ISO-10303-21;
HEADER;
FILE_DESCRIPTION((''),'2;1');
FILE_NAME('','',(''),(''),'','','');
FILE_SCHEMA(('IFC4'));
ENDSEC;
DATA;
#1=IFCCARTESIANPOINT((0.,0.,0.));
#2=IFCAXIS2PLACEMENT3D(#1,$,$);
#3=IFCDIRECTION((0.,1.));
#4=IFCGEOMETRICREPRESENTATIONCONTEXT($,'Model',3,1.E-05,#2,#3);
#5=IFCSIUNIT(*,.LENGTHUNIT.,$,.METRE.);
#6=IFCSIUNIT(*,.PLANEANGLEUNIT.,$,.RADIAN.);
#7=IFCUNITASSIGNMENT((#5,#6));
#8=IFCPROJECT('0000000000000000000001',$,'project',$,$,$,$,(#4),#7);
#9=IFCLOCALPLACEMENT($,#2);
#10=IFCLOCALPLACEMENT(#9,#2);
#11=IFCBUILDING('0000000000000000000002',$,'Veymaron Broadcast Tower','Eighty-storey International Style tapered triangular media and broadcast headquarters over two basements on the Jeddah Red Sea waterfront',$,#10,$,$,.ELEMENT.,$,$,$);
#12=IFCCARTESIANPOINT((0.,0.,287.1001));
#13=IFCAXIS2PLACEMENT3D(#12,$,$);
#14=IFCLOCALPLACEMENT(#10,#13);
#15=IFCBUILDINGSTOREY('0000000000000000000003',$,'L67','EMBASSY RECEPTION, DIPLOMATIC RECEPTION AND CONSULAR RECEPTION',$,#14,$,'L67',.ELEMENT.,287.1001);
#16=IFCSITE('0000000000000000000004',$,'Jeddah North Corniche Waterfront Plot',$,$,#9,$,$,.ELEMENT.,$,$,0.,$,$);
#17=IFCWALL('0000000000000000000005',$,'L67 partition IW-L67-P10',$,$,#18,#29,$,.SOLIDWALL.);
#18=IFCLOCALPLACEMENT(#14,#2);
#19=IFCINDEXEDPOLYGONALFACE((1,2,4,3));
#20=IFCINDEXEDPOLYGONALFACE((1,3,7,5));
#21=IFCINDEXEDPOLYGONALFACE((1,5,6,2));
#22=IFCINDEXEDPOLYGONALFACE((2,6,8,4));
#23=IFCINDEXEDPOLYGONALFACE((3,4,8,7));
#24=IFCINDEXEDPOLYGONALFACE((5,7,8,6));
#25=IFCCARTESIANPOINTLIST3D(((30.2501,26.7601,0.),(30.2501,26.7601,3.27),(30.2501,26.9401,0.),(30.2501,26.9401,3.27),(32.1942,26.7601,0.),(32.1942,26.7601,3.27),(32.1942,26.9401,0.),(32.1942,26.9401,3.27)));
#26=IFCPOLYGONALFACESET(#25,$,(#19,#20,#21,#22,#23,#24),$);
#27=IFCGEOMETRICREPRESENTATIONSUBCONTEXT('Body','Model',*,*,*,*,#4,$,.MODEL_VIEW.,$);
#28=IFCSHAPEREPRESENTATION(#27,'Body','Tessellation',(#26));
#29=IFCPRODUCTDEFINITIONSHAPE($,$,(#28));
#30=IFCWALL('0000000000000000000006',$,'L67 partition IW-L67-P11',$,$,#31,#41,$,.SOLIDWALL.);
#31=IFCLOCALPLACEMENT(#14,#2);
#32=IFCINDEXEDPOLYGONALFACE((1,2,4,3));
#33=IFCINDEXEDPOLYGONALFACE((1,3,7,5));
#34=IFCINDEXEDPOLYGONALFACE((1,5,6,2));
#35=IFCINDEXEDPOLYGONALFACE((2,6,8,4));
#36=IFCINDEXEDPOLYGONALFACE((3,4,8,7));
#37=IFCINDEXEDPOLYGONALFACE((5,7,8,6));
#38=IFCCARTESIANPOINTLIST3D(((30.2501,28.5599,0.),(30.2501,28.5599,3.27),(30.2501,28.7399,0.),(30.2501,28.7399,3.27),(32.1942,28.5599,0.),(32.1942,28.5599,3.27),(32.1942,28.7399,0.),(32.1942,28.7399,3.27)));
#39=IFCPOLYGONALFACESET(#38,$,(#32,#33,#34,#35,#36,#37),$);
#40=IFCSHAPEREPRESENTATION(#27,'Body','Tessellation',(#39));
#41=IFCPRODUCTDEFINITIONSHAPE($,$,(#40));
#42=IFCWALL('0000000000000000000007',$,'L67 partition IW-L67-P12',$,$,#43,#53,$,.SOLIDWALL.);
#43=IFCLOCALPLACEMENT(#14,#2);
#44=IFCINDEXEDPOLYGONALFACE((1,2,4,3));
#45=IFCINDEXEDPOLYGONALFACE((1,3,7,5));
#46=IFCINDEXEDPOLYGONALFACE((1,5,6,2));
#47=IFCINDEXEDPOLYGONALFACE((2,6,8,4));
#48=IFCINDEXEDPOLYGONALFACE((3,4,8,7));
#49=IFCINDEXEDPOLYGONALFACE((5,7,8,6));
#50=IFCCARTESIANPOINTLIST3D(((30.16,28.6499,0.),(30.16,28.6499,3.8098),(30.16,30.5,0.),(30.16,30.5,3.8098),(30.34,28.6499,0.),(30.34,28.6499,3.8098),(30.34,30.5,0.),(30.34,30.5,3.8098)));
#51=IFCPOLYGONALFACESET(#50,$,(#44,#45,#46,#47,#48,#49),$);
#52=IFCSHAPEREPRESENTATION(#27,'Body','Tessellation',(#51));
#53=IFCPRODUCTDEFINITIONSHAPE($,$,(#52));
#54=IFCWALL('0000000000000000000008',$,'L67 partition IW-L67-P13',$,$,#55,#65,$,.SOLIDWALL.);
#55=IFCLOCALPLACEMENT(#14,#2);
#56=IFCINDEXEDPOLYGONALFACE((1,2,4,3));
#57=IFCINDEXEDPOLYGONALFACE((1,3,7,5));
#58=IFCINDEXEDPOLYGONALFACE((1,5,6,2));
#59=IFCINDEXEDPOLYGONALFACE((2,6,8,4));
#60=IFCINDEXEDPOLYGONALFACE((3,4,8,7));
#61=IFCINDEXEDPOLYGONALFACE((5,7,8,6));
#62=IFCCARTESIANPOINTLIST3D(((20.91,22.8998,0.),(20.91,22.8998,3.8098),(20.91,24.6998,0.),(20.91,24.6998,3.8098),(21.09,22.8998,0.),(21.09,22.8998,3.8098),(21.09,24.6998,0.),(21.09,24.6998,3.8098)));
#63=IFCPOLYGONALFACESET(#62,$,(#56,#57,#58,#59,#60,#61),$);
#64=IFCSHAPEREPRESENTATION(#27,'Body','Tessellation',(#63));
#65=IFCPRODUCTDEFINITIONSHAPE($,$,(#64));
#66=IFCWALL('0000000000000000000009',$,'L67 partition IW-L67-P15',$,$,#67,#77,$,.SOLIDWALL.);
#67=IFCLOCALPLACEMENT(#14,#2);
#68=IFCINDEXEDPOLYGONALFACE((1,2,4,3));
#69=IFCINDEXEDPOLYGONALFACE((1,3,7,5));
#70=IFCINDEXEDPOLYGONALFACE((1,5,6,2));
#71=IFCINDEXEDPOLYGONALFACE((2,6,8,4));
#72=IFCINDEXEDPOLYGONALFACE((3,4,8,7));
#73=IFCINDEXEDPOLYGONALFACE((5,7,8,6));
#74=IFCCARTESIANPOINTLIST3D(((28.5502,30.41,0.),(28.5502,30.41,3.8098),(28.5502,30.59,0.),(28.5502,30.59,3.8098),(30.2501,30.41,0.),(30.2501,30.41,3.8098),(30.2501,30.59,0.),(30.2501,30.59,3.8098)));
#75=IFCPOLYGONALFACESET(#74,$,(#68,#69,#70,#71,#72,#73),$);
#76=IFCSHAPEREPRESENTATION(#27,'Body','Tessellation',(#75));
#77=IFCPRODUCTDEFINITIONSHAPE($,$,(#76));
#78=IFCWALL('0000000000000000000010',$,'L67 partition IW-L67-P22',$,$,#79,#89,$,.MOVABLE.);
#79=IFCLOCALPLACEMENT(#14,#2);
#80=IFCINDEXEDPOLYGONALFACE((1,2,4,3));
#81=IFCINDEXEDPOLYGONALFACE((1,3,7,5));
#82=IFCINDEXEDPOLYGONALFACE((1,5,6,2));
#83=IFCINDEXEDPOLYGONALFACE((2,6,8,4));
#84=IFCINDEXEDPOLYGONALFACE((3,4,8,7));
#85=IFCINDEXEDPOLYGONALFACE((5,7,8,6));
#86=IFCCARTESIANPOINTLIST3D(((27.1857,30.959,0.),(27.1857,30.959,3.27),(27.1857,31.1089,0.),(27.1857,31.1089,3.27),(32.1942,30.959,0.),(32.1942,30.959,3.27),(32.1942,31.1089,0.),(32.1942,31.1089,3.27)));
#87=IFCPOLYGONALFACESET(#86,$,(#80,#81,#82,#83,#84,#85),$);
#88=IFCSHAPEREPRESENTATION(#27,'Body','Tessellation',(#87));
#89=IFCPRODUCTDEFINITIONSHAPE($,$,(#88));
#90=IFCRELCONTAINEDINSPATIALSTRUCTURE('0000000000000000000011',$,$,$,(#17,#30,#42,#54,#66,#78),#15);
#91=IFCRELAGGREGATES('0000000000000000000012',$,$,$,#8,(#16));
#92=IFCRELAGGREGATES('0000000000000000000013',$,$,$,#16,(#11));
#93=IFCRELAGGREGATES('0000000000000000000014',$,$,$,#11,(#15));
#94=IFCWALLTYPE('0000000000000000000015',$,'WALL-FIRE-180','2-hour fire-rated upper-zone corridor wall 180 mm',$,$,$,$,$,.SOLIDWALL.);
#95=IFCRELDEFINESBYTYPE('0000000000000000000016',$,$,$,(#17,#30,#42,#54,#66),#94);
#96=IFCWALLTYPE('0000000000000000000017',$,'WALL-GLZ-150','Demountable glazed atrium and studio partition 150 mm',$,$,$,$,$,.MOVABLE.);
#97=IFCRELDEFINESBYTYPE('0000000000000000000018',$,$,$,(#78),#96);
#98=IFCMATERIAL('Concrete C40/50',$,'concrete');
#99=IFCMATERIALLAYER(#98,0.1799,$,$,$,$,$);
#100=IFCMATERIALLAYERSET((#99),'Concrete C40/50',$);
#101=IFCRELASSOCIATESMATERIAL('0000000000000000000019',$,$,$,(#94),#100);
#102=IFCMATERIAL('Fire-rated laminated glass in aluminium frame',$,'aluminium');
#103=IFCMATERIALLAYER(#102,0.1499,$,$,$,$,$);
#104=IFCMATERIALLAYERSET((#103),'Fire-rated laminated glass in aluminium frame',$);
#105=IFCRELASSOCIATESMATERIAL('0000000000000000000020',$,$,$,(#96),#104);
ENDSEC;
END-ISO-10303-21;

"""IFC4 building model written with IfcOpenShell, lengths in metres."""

from ifc_helpers import new_model, si_unit, direction, frame, frame_2d, origin, place, context, subcontext, project, spatial, rectangle, extrude, material, layer, layer_set, type_object, element, save


model = new_model("IFC4")

# Units and contexts
model_context = context("Model", 3, precision=1e-05, world=origin(), true_north=direction((0.0, 1.0)))
body_context = subcontext(model_context, "Body", "Model", "MODEL_VIEW")
ifc_project = project(units=[si_unit("LENGTHUNIT", "METRE"), si_unit("PLANEANGLEUNIT", "RADIAN")], contexts=[model_context])

# Site, building, storey
site_placement = place(None, origin())
site = spatial("IfcSite", under=ifc_project, at=site_placement, Name="Jeddah North Corniche Waterfront Plot", CompositionType="ELEMENT", RefElevation=0.0)
building_placement = place(site_placement, origin())
building = spatial("IfcBuilding", under=site, at=building_placement, Name="Veymaron Broadcast Tower", Description="Eighty-storey International Style tapered triangular media and broadcast headquarters over two basements on the Jeddah Red Sea waterfront", CompositionType="ELEMENT")
storey_placement = place(building_placement, frame((0.0, 0.0, 287.1001)))
storey = spatial("IfcBuildingStorey", under=building, at=storey_placement, Name="L67", Description="EMBASSY RECEPTION, DIPLOMATIC RECEPTION AND CONSULAR RECEPTION", LongName="L67", CompositionType="ELEMENT", Elevation=287.1001)

# Walls
ifc_material_1 = material(Name="Concrete C40/50", Category="concrete")
ifc_layer_1 = layer(ifc_material_1, 0.1799)
ifc_layer_set_1 = layer_set([ifc_layer_1], Name="Concrete C40/50")
wall_type_1 = type_object("IfcWallType", Name="WALL-FIRE-180", Description="2-hour fire-rated upper-zone corridor wall 180 mm", PredefinedType="SOLIDWALL", material=ifc_layer_set_1)
for number, where, z_axis, x_axis, name in (
    (1, (30.25, 26.8501, 0.0), (0.0, 0.0, 1.0), (1.0, 0.0, 0.0), "L67 partition IW-L67-P10"),
    (2, (30.25, 28.6499, 0.0), (0.0, 0.0, 1.0), (1.0, 0.0, 0.0), "L67 partition IW-L67-P11"),
):
    element("IfcWall", number, at=place(storey_placement, frame(where, z_axis=z_axis, x_axis=x_axis)), inside=storey, type_object=wall_type_1, Name=name, PredefinedType="SOLIDWALL", context=body_context, shape_type="SweptSolid", body=[
        extrude(rectangle(XDim=1.9441, YDim=0.1799, at=frame_2d((0.9722, 0.0))), origin(), (0.0, 0.0, 1.0), 3.27),
    ])
wall_1_placement = place(storey_placement, frame((30.25, 28.6499, 0.0), z_axis=(0.0, 0.0, 1.0), x_axis=(0.0, 1.0, 0.0)))
element("IfcWall", 3, at=wall_1_placement, inside=storey, type_object=wall_type_1, Name="L67 partition IW-L67-P12", PredefinedType="SOLIDWALL", context=body_context, shape_type="SweptSolid", body=[
    extrude(rectangle(XDim=1.8501, YDim=0.1799, at=frame_2d((0.925, 0.0))), origin(), (0.0, 0.0, 1.0), 3.8098),
])
wall_2_placement = place(storey_placement, frame((21.0, 22.8999, 0.0), z_axis=(0.0, 0.0, 1.0), x_axis=(0.0, 1.0, 0.0)))
element("IfcWall", 4, at=wall_2_placement, inside=storey, type_object=wall_type_1, Name="L67 partition IW-L67-P13", PredefinedType="SOLIDWALL", context=body_context, shape_type="SweptSolid", body=[
    extrude(rectangle(XDim=1.8, YDim=0.1799, at=frame_2d((0.8999, 0.0))), origin(), (0.0, 0.0, 1.0), 3.8098),
])
wall_3_placement = place(storey_placement, frame((28.55, 30.5, 0.0), z_axis=(0.0, 0.0, 1.0), x_axis=(1.0, 0.0, 0.0)))
element("IfcWall", 5, at=wall_3_placement, inside=storey, type_object=wall_type_1, Name="L67 partition IW-L67-P15", PredefinedType="SOLIDWALL", context=body_context, shape_type="SweptSolid", body=[
    extrude(rectangle(XDim=1.7, YDim=0.1799, at=frame_2d((0.8501, 0.0))), origin(), (0.0, 0.0, 1.0), 3.8098),
])
ifc_material_2 = material(Name="Fire-rated laminated glass in aluminium frame", Category="aluminium")
ifc_layer_2 = layer(ifc_material_2, 0.1499)
ifc_layer_set_2 = layer_set([ifc_layer_2], Name="Fire-rated laminated glass in aluminium frame")
wall_type_2 = type_object("IfcWallType", Name="WALL-GLZ-150", Description="Demountable glazed atrium and studio partition 150 mm", PredefinedType="MOVABLE", material=ifc_layer_set_2)
wall_4_placement = place(storey_placement, frame((27.1855, 31.0339, 0.0), z_axis=(0.0, 0.0, 1.0), x_axis=(1.0, 0.0, 0.0)))
element("IfcWall", 6, at=wall_4_placement, inside=storey, type_object=wall_type_2, Name="L67 partition IW-L67-P22", PredefinedType="MOVABLE", context=body_context, shape_type="SweptSolid", body=[
    extrude(rectangle(XDim=5.0085, YDim=0.1499, at=frame_2d((2.5044, 0.0))), origin(), (0.0, 0.0, 1.0), 3.27),
])

save(model, "model.ifc")
